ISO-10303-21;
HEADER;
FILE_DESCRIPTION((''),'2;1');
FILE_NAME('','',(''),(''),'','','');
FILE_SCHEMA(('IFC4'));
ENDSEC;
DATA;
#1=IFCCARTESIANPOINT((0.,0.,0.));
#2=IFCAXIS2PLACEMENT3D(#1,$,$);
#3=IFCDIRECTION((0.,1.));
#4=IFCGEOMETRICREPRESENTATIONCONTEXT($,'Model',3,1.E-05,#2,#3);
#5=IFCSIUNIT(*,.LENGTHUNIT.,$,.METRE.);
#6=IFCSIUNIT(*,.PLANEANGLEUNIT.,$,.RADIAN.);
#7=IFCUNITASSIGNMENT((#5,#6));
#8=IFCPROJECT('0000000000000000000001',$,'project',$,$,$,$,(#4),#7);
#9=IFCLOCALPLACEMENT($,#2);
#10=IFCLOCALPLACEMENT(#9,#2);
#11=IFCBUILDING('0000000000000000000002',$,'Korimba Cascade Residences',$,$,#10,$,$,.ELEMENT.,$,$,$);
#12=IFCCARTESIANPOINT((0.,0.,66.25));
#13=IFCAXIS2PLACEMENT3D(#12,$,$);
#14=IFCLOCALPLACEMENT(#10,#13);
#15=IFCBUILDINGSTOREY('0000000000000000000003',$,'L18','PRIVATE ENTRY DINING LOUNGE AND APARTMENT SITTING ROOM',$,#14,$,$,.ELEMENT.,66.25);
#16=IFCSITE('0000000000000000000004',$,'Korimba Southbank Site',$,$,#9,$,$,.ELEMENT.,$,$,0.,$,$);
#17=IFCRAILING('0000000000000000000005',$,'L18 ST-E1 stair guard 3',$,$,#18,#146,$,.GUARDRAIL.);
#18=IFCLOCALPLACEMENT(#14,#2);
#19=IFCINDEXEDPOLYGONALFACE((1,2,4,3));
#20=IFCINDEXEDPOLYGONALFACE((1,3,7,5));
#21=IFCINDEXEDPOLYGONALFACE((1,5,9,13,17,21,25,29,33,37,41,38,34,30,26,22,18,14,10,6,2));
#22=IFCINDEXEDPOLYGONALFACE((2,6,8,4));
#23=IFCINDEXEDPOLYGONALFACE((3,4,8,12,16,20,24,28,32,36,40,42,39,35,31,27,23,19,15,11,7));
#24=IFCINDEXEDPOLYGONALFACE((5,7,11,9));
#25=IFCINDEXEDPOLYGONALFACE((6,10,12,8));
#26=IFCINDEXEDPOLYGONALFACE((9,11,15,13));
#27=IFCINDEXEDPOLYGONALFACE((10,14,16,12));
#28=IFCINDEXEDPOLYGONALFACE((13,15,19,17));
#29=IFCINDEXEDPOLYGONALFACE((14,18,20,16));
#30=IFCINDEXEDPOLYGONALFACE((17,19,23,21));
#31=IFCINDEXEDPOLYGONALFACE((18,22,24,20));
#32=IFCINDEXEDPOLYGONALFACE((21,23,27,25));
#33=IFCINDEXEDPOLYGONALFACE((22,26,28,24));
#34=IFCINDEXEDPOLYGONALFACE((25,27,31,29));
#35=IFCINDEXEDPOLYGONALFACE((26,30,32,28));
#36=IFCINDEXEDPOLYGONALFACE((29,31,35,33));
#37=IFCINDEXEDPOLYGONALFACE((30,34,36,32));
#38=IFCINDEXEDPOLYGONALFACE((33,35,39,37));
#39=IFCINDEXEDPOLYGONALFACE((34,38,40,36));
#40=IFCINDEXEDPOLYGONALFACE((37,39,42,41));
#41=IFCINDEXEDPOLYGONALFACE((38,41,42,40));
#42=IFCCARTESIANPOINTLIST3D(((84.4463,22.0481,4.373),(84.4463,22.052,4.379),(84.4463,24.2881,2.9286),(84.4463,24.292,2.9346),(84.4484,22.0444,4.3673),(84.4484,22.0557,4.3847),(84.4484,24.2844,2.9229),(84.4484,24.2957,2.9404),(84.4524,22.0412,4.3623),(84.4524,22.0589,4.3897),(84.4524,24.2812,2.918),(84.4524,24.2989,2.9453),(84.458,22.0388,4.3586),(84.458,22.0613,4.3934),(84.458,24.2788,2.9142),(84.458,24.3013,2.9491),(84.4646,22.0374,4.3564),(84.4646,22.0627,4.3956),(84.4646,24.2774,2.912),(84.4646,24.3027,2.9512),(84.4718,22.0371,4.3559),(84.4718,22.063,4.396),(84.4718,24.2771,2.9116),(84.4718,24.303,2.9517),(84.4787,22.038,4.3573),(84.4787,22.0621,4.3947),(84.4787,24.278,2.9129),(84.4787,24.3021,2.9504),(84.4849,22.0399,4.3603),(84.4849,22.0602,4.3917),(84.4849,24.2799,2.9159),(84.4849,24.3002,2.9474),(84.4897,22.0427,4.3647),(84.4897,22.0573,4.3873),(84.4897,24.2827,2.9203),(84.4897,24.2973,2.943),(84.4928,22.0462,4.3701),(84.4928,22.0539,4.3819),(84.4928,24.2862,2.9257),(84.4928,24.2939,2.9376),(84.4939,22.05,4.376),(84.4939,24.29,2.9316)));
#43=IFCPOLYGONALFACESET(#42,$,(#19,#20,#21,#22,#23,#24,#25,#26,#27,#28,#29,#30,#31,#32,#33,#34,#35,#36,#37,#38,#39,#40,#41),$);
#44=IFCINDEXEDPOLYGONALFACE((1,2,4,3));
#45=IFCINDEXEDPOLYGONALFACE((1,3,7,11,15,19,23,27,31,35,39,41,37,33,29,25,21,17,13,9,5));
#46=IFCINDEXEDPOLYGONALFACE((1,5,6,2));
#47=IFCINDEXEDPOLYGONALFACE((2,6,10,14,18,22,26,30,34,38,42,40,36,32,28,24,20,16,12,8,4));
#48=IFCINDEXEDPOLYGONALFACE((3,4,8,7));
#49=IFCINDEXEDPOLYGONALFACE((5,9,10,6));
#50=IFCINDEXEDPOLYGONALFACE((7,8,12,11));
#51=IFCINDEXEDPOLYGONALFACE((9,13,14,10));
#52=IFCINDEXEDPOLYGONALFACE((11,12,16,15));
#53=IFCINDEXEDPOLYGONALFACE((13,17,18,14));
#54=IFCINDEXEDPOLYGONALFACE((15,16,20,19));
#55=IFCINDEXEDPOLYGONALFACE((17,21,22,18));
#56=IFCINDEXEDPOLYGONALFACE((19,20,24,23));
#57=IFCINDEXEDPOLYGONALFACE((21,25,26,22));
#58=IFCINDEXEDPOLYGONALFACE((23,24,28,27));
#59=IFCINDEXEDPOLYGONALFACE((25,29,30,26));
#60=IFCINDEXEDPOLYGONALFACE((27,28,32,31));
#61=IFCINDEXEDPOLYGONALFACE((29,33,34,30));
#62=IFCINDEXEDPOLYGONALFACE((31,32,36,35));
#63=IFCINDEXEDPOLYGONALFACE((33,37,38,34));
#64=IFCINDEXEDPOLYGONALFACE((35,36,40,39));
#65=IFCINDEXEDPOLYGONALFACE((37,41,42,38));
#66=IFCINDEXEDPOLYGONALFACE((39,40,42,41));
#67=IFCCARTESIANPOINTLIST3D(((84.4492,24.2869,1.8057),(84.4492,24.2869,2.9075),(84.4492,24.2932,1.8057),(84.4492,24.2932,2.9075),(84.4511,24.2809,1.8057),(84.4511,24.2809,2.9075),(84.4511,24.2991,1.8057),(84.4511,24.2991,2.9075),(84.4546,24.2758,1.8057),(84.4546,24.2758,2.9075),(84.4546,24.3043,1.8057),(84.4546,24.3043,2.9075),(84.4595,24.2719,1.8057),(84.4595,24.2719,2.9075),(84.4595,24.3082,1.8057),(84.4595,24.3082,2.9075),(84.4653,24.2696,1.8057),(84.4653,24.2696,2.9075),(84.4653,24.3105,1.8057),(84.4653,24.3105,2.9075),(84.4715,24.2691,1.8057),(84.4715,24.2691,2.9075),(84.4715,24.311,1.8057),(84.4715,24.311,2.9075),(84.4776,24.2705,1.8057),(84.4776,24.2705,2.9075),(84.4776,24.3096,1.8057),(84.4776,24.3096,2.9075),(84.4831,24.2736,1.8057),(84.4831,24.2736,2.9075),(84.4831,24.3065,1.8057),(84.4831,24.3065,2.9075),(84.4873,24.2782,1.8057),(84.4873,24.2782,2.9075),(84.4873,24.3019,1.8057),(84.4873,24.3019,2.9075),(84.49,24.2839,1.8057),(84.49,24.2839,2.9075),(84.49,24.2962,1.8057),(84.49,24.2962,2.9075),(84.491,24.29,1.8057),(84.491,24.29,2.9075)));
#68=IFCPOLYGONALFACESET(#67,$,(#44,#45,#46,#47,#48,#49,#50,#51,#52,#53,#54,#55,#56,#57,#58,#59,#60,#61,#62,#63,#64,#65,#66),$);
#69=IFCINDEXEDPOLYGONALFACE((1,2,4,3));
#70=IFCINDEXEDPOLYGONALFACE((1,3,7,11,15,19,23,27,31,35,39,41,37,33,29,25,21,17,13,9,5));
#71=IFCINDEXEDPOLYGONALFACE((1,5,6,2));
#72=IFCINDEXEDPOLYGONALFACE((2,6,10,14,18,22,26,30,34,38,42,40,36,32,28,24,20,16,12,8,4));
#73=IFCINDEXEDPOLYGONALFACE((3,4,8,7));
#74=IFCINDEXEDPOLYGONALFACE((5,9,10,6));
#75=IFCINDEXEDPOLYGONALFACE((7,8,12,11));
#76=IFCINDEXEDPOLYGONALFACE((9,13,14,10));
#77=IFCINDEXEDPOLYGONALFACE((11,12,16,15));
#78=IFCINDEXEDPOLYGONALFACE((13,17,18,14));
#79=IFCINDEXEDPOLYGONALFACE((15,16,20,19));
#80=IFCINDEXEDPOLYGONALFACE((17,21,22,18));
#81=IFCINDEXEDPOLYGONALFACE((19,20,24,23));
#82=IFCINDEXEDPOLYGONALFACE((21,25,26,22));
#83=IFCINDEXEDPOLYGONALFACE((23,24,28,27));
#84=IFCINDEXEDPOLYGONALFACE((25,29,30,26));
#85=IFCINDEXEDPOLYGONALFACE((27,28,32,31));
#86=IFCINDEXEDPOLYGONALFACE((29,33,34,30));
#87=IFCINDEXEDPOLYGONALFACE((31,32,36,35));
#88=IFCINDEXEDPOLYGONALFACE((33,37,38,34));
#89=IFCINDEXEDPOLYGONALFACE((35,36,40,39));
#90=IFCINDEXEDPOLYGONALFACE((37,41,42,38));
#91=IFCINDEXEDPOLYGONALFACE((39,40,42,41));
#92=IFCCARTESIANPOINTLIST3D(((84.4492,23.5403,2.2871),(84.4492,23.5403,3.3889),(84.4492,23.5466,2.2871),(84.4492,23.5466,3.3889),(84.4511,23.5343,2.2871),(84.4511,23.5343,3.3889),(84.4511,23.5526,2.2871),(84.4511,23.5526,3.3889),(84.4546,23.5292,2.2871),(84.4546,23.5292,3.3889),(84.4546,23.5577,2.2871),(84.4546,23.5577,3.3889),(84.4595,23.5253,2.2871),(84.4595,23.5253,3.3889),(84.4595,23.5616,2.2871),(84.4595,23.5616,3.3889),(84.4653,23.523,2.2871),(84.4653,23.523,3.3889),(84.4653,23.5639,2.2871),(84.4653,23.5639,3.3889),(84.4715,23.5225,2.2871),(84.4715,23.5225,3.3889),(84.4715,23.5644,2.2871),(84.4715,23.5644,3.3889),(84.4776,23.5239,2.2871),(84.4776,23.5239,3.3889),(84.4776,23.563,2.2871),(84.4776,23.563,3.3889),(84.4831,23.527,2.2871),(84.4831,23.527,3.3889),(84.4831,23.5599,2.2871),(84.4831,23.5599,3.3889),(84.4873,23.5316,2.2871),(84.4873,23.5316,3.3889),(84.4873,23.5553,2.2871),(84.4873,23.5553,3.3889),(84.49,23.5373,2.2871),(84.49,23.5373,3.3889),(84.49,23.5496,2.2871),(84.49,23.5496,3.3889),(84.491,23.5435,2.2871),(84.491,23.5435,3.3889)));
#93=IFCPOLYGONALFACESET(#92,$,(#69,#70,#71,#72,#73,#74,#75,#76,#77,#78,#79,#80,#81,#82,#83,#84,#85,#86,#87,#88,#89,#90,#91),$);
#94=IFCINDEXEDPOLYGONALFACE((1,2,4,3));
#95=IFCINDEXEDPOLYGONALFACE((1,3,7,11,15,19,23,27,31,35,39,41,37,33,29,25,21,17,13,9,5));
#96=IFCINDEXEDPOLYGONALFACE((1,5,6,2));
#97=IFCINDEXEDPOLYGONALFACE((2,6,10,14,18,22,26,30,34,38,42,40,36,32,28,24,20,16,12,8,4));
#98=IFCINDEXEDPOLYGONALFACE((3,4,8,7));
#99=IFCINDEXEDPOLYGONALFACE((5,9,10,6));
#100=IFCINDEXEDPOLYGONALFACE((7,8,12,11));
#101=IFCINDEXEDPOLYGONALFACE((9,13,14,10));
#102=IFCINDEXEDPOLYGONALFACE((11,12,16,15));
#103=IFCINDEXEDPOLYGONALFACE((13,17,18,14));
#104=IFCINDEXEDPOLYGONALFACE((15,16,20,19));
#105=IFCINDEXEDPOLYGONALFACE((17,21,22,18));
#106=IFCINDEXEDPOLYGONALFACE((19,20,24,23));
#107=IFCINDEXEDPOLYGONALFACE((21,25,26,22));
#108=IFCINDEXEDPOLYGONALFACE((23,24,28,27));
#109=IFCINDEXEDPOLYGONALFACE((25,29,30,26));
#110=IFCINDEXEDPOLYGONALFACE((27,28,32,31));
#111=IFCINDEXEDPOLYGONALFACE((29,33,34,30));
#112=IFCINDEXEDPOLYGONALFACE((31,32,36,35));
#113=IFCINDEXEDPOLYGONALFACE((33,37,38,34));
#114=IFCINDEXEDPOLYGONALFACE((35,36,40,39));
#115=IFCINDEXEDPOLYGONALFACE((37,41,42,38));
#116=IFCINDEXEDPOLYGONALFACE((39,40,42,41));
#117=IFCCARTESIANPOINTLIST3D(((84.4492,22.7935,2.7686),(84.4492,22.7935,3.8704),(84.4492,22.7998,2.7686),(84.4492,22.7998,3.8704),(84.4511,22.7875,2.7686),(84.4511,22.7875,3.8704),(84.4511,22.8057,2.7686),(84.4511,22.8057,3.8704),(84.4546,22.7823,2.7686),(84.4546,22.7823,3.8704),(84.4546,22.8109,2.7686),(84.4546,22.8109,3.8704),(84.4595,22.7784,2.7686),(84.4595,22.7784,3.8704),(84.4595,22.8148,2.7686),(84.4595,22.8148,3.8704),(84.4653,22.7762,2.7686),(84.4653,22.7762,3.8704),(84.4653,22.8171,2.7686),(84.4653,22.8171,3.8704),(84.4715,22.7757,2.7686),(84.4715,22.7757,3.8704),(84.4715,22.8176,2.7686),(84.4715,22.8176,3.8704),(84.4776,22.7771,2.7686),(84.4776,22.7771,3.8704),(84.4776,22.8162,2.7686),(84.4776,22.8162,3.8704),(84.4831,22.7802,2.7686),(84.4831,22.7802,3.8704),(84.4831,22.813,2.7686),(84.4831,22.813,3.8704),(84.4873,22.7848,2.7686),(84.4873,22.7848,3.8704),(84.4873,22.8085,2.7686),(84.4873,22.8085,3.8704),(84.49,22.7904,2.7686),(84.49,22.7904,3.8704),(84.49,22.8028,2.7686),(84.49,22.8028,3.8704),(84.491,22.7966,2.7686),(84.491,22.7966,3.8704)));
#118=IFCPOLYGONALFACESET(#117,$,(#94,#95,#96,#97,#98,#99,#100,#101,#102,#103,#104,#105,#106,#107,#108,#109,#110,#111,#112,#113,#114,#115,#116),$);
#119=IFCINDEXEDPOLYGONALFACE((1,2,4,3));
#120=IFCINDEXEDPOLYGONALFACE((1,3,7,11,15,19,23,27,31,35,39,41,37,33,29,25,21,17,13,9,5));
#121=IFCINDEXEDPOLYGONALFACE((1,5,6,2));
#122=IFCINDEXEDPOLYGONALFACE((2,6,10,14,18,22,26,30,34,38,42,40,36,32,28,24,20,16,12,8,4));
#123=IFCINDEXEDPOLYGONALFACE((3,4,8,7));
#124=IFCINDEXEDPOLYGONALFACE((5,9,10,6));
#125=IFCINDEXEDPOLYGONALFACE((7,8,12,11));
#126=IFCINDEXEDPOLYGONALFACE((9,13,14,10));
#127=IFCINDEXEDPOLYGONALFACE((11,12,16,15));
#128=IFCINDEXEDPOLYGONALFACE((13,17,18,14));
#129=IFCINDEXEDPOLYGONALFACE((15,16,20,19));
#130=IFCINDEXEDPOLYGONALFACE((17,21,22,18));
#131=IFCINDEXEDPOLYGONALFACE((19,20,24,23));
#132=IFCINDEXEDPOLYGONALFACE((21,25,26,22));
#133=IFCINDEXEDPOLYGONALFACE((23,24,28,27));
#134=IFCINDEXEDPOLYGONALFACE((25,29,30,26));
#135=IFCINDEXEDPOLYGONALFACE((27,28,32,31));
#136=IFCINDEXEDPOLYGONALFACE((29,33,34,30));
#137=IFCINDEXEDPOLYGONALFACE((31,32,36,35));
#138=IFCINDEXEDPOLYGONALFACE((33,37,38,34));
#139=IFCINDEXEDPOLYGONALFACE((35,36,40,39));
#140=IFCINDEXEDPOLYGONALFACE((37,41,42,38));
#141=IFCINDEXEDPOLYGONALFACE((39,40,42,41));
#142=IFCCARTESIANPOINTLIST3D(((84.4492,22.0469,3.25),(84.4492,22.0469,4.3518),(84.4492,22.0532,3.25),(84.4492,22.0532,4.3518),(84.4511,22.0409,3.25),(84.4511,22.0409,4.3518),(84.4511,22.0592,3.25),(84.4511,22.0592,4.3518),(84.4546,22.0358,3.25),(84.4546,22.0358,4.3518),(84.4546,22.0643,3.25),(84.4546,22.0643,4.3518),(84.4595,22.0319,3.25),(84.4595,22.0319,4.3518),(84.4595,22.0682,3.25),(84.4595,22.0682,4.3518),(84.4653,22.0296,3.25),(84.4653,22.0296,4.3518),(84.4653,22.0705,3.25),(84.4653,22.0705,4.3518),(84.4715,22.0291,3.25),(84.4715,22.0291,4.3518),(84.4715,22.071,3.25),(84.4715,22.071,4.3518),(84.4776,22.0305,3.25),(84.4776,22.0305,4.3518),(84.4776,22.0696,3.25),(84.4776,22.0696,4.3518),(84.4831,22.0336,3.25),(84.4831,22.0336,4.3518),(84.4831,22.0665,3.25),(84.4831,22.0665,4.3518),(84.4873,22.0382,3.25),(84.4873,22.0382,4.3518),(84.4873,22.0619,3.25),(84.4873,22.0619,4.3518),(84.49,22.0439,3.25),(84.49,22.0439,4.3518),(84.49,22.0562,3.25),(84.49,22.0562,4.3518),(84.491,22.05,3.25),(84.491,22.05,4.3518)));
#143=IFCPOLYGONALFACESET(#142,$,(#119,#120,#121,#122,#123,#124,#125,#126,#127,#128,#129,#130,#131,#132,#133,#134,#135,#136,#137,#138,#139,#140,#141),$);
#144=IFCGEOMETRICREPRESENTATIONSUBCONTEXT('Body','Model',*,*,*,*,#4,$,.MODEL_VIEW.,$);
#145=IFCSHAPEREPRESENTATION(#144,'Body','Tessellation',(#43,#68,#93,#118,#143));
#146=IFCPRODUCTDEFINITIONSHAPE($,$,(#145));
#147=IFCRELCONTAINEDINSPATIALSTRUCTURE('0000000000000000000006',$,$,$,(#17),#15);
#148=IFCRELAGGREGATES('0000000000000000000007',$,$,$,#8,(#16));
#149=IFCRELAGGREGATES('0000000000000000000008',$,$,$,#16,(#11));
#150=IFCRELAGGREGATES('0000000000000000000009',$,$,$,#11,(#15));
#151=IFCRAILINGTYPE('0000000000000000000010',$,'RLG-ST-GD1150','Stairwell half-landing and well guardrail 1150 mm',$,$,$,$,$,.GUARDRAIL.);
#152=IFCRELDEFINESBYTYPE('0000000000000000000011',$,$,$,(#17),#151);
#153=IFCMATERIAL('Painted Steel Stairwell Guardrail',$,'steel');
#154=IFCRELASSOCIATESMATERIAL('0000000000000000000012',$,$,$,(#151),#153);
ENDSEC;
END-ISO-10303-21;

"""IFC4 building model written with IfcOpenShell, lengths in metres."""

from ifc_helpers import new_model, si_unit, direction, frame, origin, origin_2d, place, context, subcontext, project, spatial, circle, extrude, material, type_object, element, save


model = new_model("IFC4")

# Units and contexts
model_context = context("Model", 3, precision=1e-05, world=origin(), true_north=direction((0.0, 1.0)))
body_context = subcontext(model_context, "Body", "Model", "MODEL_VIEW")
ifc_project = project(units=[si_unit("LENGTHUNIT", "METRE"), si_unit("PLANEANGLEUNIT", "RADIAN")], contexts=[model_context])

# Site, building, storey
site_placement = place(None, origin())
site = spatial("IfcSite", under=ifc_project, at=site_placement, Name="Korimba Southbank Site", CompositionType="ELEMENT", RefElevation=0.0)
building_placement = place(site_placement, origin())
building = spatial("IfcBuilding", under=site, at=building_placement, Name="Korimba Cascade Residences", CompositionType="ELEMENT")
storey_placement = place(building_placement, frame((0.0, 0.0, 66.25)))
storey = spatial("IfcBuildingStorey", under=building, at=storey_placement, Name="L18", Description="PRIVATE ENTRY DINING LOUNGE AND APARTMENT SITTING ROOM", CompositionType="ELEMENT", Elevation=66.25)

# Railing
ifc_material_1 = material(Name="Painted Steel Stairwell Guardrail", Category="steel")
railing_type_1 = type_object("IfcRailingType", Name="RLG-ST-GD1150", Description="Stairwell half-landing and well guardrail 1150 mm", PredefinedType="GUARDRAIL", material=ifc_material_1)
railing_1_placement = place(storey_placement, frame((84.47, 24.29, 1.8057)))
element("IfcRailing", 1, at=railing_1_placement, inside=storey, type_object=railing_type_1, Name="L18 ST-E1 stair guard 3", PredefinedType="GUARDRAIL", context=body_context, shape_type="SweptSolid", body=[
    extrude(circle(Radius=0.0239, at=origin_2d()), frame((0.0, 0.0, 1.126), z_axis=(0.0, -0.840437, 0.54191), x_axis=(1.0, 0.0, 0.0)), (0.0, 0.0, 1.0), 2.6653),
    extrude(circle(Radius=0.021, at=origin_2d()), origin(), (0.0, 0.0, 1.0), 1.1018),
    extrude(circle(Radius=0.021, at=origin_2d()), frame((0.0, -0.7466, 0.4814)), (0.0, 0.0, 1.0), 1.1018),
    extrude(circle(Radius=0.021, at=origin_2d()), frame((0.0, -1.4934, 0.9629)), (0.0, 0.0, 1.0), 1.1018),
    extrude(circle(Radius=0.021, at=origin_2d()), frame((0.0, -2.24, 1.4443)), (0.0, 0.0, 1.0), 1.1018),
])

save(model, "model.ifc")
